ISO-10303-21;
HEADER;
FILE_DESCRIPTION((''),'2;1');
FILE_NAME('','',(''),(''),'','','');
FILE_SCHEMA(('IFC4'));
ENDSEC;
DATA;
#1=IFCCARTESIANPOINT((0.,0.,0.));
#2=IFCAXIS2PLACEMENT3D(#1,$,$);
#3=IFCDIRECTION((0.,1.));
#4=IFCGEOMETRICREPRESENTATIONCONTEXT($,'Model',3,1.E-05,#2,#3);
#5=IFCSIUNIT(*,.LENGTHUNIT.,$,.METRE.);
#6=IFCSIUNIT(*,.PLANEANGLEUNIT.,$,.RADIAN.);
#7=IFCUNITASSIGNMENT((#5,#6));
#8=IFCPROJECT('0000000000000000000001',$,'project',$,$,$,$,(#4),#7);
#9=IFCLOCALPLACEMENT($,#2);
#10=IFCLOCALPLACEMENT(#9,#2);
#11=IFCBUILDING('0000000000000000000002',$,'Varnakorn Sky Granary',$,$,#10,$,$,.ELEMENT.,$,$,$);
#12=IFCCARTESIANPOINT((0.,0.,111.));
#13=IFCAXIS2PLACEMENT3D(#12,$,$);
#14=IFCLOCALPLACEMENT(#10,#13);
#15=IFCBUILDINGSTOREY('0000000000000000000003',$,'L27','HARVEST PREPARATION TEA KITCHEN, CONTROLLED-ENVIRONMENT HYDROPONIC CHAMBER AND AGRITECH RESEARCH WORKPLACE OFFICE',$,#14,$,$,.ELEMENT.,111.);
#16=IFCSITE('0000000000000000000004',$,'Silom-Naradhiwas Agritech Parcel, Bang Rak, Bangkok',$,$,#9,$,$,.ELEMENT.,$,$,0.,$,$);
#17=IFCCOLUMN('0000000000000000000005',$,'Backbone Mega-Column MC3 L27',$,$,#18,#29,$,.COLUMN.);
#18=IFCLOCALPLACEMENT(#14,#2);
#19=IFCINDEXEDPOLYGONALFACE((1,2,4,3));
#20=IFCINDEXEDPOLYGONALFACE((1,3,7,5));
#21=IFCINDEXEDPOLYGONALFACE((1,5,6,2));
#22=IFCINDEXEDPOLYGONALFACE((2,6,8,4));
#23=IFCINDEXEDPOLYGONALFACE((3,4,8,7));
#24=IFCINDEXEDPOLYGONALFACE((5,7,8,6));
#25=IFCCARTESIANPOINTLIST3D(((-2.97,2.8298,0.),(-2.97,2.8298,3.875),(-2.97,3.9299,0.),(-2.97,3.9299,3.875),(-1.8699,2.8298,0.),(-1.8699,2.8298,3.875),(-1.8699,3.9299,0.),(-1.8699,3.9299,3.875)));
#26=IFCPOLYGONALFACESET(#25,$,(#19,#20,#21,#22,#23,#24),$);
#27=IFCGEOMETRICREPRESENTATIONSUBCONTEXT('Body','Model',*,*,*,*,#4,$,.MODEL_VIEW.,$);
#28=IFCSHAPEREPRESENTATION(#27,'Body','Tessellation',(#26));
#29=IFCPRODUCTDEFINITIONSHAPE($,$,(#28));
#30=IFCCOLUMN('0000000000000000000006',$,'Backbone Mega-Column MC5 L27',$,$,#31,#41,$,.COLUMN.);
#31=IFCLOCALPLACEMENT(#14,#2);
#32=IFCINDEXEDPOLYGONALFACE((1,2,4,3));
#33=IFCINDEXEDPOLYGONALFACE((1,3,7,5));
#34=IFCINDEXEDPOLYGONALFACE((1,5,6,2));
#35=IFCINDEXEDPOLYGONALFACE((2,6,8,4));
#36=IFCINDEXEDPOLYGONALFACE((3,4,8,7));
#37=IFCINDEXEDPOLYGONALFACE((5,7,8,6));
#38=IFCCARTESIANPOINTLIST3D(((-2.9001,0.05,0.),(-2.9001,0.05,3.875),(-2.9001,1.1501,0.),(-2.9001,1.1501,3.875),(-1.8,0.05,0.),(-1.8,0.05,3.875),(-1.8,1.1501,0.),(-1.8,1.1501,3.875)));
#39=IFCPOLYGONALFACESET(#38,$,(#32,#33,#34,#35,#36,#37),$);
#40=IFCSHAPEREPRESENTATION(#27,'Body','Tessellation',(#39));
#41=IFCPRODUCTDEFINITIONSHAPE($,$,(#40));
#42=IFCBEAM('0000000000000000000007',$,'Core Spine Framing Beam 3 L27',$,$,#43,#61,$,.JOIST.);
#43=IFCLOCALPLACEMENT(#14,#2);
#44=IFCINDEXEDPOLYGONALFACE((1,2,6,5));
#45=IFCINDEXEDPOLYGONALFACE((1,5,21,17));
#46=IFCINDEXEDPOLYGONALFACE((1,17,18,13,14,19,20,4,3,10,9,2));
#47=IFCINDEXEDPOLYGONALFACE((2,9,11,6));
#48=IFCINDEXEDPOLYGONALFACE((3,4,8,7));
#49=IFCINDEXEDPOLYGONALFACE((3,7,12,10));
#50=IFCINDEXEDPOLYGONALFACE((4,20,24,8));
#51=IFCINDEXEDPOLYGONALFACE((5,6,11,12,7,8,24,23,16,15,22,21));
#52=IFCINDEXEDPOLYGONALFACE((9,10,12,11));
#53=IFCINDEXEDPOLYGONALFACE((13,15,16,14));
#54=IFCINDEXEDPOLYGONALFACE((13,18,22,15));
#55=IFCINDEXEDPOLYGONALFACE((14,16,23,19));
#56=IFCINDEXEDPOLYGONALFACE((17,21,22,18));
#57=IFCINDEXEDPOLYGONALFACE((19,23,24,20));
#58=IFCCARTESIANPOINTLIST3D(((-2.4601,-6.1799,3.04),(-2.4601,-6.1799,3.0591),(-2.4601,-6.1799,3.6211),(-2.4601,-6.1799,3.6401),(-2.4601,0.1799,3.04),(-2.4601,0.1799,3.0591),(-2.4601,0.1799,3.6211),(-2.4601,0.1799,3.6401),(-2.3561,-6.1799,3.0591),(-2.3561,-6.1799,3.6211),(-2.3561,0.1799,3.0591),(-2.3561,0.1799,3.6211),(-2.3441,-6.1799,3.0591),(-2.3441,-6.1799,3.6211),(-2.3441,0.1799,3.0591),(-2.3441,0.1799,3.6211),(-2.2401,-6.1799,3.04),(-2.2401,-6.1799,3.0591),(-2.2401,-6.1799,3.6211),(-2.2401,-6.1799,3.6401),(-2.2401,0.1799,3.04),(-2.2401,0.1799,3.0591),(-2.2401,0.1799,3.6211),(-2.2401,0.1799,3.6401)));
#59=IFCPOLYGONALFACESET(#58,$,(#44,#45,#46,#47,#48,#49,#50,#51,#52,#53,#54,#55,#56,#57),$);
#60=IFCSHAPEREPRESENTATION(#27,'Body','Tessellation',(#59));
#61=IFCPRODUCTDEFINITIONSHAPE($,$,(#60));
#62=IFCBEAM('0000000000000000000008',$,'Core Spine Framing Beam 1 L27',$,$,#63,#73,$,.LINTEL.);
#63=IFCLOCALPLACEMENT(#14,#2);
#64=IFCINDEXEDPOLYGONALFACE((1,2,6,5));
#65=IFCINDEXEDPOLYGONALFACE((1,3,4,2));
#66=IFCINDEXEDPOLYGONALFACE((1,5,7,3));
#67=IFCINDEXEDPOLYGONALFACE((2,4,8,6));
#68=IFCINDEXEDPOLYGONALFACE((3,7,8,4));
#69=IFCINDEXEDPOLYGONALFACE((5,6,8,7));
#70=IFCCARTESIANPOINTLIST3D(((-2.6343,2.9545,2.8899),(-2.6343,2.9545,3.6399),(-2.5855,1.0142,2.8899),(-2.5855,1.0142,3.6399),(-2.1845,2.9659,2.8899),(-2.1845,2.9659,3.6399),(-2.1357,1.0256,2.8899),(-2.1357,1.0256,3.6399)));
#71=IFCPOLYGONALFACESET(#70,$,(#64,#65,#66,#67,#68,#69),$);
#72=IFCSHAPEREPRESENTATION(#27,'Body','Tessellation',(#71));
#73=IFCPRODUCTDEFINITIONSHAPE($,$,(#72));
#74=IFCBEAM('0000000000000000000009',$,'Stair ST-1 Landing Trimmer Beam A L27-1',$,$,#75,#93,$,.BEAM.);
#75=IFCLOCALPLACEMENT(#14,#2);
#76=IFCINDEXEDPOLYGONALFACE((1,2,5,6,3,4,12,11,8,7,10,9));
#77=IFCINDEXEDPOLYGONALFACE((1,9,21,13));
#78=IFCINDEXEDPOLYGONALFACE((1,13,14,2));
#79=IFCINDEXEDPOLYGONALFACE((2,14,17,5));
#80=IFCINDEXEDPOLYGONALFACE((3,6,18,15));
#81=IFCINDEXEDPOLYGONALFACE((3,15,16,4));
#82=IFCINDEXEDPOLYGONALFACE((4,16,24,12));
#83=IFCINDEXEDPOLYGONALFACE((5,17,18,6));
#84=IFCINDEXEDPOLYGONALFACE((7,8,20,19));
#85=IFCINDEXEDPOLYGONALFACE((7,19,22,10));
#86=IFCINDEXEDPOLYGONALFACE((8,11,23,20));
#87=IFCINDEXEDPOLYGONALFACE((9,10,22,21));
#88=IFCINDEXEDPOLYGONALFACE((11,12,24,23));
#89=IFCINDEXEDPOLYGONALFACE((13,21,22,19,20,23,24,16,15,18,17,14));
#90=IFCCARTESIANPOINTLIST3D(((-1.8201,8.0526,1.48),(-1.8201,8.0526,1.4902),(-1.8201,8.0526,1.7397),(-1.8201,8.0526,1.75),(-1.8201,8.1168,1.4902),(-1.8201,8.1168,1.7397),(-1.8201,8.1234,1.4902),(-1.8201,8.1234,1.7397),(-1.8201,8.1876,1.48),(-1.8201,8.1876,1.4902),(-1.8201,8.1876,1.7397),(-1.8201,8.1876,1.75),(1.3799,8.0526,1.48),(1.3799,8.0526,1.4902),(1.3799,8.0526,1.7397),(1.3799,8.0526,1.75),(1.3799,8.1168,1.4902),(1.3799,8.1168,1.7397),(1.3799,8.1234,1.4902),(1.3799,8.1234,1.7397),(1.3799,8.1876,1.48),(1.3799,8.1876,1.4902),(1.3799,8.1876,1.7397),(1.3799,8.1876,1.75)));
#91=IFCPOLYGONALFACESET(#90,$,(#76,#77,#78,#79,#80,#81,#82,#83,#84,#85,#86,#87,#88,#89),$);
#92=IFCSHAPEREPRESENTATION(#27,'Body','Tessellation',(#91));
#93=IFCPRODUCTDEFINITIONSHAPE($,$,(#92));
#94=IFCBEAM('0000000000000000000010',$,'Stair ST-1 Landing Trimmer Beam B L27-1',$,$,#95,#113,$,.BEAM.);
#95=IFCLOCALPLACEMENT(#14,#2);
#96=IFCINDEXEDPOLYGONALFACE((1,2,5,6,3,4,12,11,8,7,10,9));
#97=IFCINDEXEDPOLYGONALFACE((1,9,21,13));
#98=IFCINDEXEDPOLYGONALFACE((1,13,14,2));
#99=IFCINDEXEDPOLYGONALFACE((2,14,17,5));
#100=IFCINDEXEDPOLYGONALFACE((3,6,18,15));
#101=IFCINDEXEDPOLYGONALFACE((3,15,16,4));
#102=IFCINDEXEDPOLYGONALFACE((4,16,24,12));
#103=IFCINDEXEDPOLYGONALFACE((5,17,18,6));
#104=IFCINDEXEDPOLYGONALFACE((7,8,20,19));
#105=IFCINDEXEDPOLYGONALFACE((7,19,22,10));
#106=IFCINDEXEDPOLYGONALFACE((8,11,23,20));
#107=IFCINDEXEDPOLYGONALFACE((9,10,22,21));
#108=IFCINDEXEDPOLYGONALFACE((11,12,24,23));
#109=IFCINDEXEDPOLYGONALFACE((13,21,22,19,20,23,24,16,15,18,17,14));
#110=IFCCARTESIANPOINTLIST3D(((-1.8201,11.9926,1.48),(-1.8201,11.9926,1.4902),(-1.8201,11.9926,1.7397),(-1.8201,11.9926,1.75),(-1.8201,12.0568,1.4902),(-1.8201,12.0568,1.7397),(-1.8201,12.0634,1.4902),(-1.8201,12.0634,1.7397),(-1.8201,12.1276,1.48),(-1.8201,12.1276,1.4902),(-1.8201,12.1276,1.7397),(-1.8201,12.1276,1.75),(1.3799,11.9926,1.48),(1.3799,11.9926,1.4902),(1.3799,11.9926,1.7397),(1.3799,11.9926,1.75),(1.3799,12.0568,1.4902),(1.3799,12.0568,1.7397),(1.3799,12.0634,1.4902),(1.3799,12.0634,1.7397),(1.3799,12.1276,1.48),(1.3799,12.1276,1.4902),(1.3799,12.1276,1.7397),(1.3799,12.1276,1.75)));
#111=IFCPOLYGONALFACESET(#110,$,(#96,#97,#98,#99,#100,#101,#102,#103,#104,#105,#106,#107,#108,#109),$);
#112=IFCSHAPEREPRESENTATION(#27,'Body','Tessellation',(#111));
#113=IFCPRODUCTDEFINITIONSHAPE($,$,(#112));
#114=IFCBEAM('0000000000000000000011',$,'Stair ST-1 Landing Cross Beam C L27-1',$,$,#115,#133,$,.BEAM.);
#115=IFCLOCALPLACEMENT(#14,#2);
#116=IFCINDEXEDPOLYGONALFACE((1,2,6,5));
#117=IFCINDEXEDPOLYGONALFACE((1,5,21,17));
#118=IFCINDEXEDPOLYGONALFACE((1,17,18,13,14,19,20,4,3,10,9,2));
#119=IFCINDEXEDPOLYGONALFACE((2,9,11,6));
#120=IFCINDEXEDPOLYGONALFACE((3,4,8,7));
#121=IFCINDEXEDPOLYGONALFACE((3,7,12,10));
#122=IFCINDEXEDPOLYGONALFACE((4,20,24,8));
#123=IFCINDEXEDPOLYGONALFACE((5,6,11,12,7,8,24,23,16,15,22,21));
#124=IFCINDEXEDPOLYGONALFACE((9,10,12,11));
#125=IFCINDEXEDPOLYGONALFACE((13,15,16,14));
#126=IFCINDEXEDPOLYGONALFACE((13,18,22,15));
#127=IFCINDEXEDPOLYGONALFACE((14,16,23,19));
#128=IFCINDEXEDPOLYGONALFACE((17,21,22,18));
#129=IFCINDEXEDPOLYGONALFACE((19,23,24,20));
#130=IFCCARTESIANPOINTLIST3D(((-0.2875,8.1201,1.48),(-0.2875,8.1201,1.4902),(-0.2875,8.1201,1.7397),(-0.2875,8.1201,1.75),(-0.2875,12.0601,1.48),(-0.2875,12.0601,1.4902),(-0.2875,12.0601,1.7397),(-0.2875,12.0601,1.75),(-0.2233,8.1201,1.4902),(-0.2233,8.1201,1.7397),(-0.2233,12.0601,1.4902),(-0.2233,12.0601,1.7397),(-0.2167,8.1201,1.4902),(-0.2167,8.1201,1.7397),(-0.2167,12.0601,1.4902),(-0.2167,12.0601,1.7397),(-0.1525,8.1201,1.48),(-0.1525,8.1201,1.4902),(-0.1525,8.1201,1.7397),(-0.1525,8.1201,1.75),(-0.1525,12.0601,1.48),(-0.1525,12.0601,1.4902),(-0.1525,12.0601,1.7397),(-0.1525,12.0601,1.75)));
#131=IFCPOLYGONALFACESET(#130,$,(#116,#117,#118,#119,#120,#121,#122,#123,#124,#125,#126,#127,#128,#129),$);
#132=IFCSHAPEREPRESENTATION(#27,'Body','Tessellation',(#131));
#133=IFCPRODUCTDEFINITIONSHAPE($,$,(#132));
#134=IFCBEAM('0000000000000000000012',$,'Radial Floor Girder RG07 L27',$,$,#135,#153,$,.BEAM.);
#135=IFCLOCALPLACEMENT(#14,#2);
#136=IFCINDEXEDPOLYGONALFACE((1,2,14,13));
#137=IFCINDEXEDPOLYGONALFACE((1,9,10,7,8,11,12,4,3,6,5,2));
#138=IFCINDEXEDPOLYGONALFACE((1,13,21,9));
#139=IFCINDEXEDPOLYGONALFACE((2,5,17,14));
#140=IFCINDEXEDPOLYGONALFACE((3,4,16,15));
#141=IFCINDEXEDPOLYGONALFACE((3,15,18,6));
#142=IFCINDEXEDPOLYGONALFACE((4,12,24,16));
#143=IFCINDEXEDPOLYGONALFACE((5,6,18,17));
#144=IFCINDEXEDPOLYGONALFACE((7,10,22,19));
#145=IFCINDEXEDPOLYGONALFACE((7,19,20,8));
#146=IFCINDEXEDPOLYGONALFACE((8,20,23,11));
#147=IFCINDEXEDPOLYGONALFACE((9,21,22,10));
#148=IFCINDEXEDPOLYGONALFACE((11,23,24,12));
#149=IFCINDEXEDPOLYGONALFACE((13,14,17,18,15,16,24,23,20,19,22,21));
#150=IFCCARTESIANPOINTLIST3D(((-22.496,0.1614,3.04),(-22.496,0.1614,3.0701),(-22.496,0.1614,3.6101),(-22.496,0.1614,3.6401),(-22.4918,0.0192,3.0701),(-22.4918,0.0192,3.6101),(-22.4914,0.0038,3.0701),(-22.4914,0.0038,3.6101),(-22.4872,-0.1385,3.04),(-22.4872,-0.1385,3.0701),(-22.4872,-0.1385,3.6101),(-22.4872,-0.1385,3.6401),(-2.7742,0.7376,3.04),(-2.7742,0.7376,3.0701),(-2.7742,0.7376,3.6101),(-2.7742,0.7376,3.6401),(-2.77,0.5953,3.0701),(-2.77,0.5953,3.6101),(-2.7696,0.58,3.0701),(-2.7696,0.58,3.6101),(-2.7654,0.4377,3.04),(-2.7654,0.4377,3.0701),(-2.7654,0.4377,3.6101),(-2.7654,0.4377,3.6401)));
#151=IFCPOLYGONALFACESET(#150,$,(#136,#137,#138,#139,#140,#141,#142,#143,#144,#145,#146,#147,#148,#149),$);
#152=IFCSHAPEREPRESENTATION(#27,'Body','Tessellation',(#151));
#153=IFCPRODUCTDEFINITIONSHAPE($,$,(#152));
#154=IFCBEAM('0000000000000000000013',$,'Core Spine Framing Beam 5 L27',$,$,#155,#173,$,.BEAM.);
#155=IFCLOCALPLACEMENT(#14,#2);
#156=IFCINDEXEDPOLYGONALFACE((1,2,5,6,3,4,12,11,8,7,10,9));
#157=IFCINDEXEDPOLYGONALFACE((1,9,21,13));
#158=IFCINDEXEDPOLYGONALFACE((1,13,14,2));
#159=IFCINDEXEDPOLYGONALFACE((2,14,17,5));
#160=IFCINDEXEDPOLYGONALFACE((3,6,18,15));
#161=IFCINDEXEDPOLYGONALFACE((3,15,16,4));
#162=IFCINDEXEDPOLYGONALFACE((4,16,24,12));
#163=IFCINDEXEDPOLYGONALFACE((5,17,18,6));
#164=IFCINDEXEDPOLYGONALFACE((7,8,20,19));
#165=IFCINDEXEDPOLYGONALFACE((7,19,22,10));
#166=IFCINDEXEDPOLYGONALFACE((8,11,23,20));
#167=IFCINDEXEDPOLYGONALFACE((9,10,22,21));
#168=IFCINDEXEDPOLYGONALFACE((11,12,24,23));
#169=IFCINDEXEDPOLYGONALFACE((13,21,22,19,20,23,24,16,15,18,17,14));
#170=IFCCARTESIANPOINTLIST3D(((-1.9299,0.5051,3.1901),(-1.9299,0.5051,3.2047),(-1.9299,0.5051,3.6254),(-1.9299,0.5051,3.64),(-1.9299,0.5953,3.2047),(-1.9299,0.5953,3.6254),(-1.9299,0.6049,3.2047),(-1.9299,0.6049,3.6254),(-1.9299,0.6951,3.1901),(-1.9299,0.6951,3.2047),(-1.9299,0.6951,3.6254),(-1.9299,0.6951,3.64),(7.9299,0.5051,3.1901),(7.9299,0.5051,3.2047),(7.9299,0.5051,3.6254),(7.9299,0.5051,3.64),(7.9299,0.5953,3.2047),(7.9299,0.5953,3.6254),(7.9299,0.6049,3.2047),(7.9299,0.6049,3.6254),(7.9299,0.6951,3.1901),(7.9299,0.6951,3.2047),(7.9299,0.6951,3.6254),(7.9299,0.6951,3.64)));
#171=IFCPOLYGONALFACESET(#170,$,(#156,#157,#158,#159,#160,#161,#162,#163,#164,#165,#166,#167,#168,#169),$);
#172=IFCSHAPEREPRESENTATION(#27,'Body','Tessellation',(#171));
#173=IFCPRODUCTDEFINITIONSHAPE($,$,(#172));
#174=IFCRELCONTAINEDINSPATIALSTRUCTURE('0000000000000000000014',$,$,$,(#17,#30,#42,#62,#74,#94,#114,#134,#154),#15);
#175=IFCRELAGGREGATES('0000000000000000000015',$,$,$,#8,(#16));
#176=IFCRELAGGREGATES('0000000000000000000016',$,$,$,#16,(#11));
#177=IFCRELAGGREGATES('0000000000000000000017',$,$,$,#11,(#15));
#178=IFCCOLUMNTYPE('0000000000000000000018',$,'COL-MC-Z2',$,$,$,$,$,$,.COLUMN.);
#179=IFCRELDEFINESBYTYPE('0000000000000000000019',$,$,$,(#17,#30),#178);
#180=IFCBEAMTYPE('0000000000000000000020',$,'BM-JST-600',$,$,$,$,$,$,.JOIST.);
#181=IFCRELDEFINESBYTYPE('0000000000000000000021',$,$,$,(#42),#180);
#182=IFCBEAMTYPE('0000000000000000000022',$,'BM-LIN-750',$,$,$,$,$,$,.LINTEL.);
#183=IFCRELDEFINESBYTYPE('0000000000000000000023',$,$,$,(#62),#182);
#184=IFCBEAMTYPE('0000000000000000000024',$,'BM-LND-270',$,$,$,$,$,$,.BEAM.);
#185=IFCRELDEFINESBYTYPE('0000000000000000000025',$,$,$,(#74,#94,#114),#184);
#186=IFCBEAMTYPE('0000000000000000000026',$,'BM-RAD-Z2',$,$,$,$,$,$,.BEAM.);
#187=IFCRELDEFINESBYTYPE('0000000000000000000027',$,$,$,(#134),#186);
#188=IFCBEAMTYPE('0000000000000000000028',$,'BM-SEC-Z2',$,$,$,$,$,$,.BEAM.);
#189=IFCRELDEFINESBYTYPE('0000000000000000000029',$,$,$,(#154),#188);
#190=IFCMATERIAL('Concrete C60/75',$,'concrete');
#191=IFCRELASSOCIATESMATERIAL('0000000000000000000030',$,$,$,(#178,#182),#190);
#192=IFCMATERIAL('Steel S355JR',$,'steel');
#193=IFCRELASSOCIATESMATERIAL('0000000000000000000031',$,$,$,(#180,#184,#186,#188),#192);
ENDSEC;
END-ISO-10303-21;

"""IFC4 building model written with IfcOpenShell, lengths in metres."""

from ifc_helpers import new_model, si_unit, direction, frame, origin, origin_2d, place, context, subcontext, project, spatial, rectangle, i_section, extrude, material, material_profile, profile_set, type_object, element, save


model = new_model("IFC4")

# Units and contexts
model_context = context("Model", 3, precision=1e-05, world=origin(), true_north=direction((0.0, 1.0)))
body_context = subcontext(model_context, "Body", "Model", "MODEL_VIEW")
ifc_project = project(units=[si_unit("LENGTHUNIT", "METRE"), si_unit("PLANEANGLEUNIT", "RADIAN")], contexts=[model_context])

# Site, building, storey
site_placement = place(None, origin())
site = spatial("IfcSite", under=ifc_project, at=site_placement, Name="Silom-Naradhiwas Agritech Parcel, Bang Rak, Bangkok", CompositionType="ELEMENT", RefElevation=0.0)
building_placement = place(site_placement, origin())
building = spatial("IfcBuilding", under=site, at=building_placement, Name="Varnakorn Sky Granary", CompositionType="ELEMENT")
storey_placement = place(building_placement, frame((0.0, 0.0, 111.0)))
storey = spatial("IfcBuildingStorey", under=building, at=storey_placement, Name="L27", Description="HARVEST PREPARATION TEA KITCHEN, CONTROLLED-ENVIRONMENT HYDROPONIC CHAMBER AND AGRITECH RESEARCH WORKPLACE OFFICE", CompositionType="ELEMENT", Elevation=111.0)

# Columns
ifc_material_1 = material(Name="Concrete C60/75", Category="concrete")
ifc_material_profile_1 = material_profile(ifc_material_1, rectangle(XDim=1.1001, YDim=1.1001, at=origin_2d()), Name="RC 1100x1100")
ifc_profile_set_1 = profile_set([ifc_material_profile_1], Name="Concrete C60/75")
column_type = type_object("IfcColumnType", Name="COL-MC-Z2", PredefinedType="COLUMN", material=ifc_profile_set_1)
for number, where, z_axis, x_axis, name in (
    (1, (-2.4199, 3.3799, 0.0), (0.0, 0.0, 1.0), (1.0, 0.0, 0.0), "Backbone Mega-Column MC3 L27"),
    (2, (-2.3501, 0.6001, 0.0), (0.0, 0.0, 1.0), (1.0, 0.0, 0.0), "Backbone Mega-Column MC5 L27"),
):
    element("IfcColumn", number, at=place(storey_placement, frame(where, z_axis=z_axis, x_axis=x_axis)), inside=storey, type_object=column_type, Name=name, PredefinedType="COLUMN", context=body_context, shape_type="SweptSolid", body=[
        extrude(rectangle(XDim=1.1001, YDim=1.1001, at=origin_2d()), origin(), (0.0, 0.0, 1.0), 3.875),
    ])

# Beams
ifc_material_2 = material(Name="Steel S355JR", Category="steel")
ifc_material_profile_2 = material_profile(ifc_material_2, i_section(OverallWidth=0.22, OverallDepth=0.6001, WebThickness=0.012, FlangeThickness=0.019, at=origin_2d()), Name="IPE 600")
ifc_profile_set_2 = profile_set([ifc_material_profile_2], Name="Steel S355JR")
beam_type_1 = type_object("IfcBeamType", Name="BM-JST-600", PredefinedType="JOIST", material=ifc_profile_set_2)
beam_1_placement = place(storey_placement, frame((-2.3501, 0.1799, 3.3401), z_axis=(0.0, -1.0, 0.0), x_axis=(1.0, 0.0, 0.0)))
element("IfcBeam", 3, at=beam_1_placement, inside=storey, type_object=beam_type_1, Name="Core Spine Framing Beam 3 L27", PredefinedType="JOIST", context=body_context, shape_type="SweptSolid", body=[
    extrude(i_section(OverallWidth=0.22, OverallDepth=0.6001, WebThickness=0.012, FlangeThickness=0.019, at=origin_2d()), origin(), (0.0, 0.0, 1.0), 6.3599),
])
ifc_material_profile_3 = material_profile(ifc_material_1, rectangle(XDim=0.45, YDim=0.75, at=origin_2d()), Name="RC 450x750")
ifc_profile_set_3 = profile_set([ifc_material_profile_3], Name="Concrete C60/75")
beam_type_2 = type_object("IfcBeamType", Name="BM-LIN-750", PredefinedType="LINTEL", material=ifc_profile_set_3)
beam_2_placement = place(storey_placement, frame((-2.4094, 2.9602, 3.2649), z_axis=(0.025159, -0.999683, 0.0), x_axis=(0.999683, 0.025159, 0.0)))
element("IfcBeam", 4, at=beam_2_placement, inside=storey, type_object=beam_type_2, Name="Core Spine Framing Beam 1 L27", PredefinedType="LINTEL", context=body_context, shape_type="SweptSolid", body=[
    extrude(rectangle(XDim=0.45, YDim=0.75, at=origin_2d()), origin(), (0.0, 0.0, 1.0), 1.9409),
])
ifc_material_profile_4 = material_profile(ifc_material_2, i_section(OverallWidth=0.135, OverallDepth=0.27, WebThickness=0.0066, FlangeThickness=0.0103, at=origin_2d()), Name="IPE 270")
ifc_profile_set_4 = profile_set([ifc_material_profile_4], Name="Steel S355JR")
beam_type_3 = type_object("IfcBeamType", Name="BM-LND-270", PredefinedType="BEAM", material=ifc_profile_set_4)
for number, where, z_axis, x_axis, name in (
    (5, (-1.8201, 8.1201, 1.615), (1.0, 0.0, 0.0), (0.0, 1.0, 0.0), "Stair ST-1 Landing Trimmer Beam A L27-1"),
    (6, (-1.8201, 12.0601, 1.615), (1.0, 0.0, 0.0), (0.0, 1.0, 0.0), "Stair ST-1 Landing Trimmer Beam B L27-1"),
):
    element("IfcBeam", number, at=place(storey_placement, frame(where, z_axis=z_axis, x_axis=x_axis)), inside=storey, type_object=beam_type_3, Name=name, PredefinedType="BEAM", context=body_context, shape_type="SweptSolid", body=[
        extrude(i_section(OverallWidth=0.135, OverallDepth=0.27, WebThickness=0.0066, FlangeThickness=0.0103, at=origin_2d()), origin(), (0.0, 0.0, 1.0), 3.2),
    ])
beam_3_placement = place(storey_placement, frame((-0.22, 8.1201, 1.615), z_axis=(0.0, 1.0, 0.0), x_axis=(-1.0, 0.0, 0.0)))
element("IfcBeam", 7, at=beam_3_placement, inside=storey, type_object=beam_type_3, Name="Stair ST-1 Landing Cross Beam C L27-1", PredefinedType="BEAM", context=body_context, shape_type="SweptSolid", body=[
    extrude(i_section(OverallWidth=0.135, OverallDepth=0.27, WebThickness=0.0066, FlangeThickness=0.0103, at=origin_2d()), origin(), (0.0, 0.0, 1.0), 3.9399),
])
ifc_material_profile_5 = material_profile(ifc_material_2, i_section(OverallWidth=0.3, OverallDepth=0.6001, WebThickness=0.0154, FlangeThickness=0.03, at=origin_2d()), Name="HE 600 B")
ifc_profile_set_5 = profile_set([ifc_material_profile_5], Name="Steel S355JR")
beam_type_4 = type_object("IfcBeamType", Name="BM-RAD-Z2", PredefinedType="BEAM", material=ifc_profile_set_5)
beam_4_placement = place(storey_placement, frame((-2.7698, 0.5876, 3.3401), z_axis=(-0.999574, -0.029202, 0.0), x_axis=(0.029202, -0.999574, 0.0)))
element("IfcBeam", 8, at=beam_4_placement, inside=storey, type_object=beam_type_4, Name="Radial Floor Girder RG07 L27", PredefinedType="BEAM", context=body_context, shape_type="SweptSolid", body=[
    extrude(i_section(OverallWidth=0.3, OverallDepth=0.6001, WebThickness=0.0154, FlangeThickness=0.03, at=origin_2d()), origin(), (0.0, 0.0, 1.0), 19.7302),
])
ifc_material_profile_6 = material_profile(ifc_material_2, i_section(OverallWidth=0.1899, OverallDepth=0.45, WebThickness=0.0095, FlangeThickness=0.0146, at=origin_2d()), Name="IPE 450")
ifc_profile_set_6 = profile_set([ifc_material_profile_6], Name="Steel S355JR")
beam_type_5 = type_object("IfcBeamType", Name="BM-SEC-Z2", PredefinedType="BEAM", material=ifc_profile_set_6)
beam_5_placement = place(storey_placement, frame((-1.9299, 0.6001, 3.415), z_axis=(1.0, 0.0, 0.0), x_axis=(0.0, 1.0, 0.0)))
element("IfcBeam", 9, at=beam_5_placement, inside=storey, type_object=beam_type_5, Name="Core Spine Framing Beam 5 L27", PredefinedType="BEAM", context=body_context, shape_type="SweptSolid", body=[
    extrude(i_section(OverallWidth=0.1899, OverallDepth=0.45, WebThickness=0.0095, FlangeThickness=0.0146, at=origin_2d()), origin(), (0.0, 0.0, 1.0), 9.8599),
])

save(model, "model.ifc")
